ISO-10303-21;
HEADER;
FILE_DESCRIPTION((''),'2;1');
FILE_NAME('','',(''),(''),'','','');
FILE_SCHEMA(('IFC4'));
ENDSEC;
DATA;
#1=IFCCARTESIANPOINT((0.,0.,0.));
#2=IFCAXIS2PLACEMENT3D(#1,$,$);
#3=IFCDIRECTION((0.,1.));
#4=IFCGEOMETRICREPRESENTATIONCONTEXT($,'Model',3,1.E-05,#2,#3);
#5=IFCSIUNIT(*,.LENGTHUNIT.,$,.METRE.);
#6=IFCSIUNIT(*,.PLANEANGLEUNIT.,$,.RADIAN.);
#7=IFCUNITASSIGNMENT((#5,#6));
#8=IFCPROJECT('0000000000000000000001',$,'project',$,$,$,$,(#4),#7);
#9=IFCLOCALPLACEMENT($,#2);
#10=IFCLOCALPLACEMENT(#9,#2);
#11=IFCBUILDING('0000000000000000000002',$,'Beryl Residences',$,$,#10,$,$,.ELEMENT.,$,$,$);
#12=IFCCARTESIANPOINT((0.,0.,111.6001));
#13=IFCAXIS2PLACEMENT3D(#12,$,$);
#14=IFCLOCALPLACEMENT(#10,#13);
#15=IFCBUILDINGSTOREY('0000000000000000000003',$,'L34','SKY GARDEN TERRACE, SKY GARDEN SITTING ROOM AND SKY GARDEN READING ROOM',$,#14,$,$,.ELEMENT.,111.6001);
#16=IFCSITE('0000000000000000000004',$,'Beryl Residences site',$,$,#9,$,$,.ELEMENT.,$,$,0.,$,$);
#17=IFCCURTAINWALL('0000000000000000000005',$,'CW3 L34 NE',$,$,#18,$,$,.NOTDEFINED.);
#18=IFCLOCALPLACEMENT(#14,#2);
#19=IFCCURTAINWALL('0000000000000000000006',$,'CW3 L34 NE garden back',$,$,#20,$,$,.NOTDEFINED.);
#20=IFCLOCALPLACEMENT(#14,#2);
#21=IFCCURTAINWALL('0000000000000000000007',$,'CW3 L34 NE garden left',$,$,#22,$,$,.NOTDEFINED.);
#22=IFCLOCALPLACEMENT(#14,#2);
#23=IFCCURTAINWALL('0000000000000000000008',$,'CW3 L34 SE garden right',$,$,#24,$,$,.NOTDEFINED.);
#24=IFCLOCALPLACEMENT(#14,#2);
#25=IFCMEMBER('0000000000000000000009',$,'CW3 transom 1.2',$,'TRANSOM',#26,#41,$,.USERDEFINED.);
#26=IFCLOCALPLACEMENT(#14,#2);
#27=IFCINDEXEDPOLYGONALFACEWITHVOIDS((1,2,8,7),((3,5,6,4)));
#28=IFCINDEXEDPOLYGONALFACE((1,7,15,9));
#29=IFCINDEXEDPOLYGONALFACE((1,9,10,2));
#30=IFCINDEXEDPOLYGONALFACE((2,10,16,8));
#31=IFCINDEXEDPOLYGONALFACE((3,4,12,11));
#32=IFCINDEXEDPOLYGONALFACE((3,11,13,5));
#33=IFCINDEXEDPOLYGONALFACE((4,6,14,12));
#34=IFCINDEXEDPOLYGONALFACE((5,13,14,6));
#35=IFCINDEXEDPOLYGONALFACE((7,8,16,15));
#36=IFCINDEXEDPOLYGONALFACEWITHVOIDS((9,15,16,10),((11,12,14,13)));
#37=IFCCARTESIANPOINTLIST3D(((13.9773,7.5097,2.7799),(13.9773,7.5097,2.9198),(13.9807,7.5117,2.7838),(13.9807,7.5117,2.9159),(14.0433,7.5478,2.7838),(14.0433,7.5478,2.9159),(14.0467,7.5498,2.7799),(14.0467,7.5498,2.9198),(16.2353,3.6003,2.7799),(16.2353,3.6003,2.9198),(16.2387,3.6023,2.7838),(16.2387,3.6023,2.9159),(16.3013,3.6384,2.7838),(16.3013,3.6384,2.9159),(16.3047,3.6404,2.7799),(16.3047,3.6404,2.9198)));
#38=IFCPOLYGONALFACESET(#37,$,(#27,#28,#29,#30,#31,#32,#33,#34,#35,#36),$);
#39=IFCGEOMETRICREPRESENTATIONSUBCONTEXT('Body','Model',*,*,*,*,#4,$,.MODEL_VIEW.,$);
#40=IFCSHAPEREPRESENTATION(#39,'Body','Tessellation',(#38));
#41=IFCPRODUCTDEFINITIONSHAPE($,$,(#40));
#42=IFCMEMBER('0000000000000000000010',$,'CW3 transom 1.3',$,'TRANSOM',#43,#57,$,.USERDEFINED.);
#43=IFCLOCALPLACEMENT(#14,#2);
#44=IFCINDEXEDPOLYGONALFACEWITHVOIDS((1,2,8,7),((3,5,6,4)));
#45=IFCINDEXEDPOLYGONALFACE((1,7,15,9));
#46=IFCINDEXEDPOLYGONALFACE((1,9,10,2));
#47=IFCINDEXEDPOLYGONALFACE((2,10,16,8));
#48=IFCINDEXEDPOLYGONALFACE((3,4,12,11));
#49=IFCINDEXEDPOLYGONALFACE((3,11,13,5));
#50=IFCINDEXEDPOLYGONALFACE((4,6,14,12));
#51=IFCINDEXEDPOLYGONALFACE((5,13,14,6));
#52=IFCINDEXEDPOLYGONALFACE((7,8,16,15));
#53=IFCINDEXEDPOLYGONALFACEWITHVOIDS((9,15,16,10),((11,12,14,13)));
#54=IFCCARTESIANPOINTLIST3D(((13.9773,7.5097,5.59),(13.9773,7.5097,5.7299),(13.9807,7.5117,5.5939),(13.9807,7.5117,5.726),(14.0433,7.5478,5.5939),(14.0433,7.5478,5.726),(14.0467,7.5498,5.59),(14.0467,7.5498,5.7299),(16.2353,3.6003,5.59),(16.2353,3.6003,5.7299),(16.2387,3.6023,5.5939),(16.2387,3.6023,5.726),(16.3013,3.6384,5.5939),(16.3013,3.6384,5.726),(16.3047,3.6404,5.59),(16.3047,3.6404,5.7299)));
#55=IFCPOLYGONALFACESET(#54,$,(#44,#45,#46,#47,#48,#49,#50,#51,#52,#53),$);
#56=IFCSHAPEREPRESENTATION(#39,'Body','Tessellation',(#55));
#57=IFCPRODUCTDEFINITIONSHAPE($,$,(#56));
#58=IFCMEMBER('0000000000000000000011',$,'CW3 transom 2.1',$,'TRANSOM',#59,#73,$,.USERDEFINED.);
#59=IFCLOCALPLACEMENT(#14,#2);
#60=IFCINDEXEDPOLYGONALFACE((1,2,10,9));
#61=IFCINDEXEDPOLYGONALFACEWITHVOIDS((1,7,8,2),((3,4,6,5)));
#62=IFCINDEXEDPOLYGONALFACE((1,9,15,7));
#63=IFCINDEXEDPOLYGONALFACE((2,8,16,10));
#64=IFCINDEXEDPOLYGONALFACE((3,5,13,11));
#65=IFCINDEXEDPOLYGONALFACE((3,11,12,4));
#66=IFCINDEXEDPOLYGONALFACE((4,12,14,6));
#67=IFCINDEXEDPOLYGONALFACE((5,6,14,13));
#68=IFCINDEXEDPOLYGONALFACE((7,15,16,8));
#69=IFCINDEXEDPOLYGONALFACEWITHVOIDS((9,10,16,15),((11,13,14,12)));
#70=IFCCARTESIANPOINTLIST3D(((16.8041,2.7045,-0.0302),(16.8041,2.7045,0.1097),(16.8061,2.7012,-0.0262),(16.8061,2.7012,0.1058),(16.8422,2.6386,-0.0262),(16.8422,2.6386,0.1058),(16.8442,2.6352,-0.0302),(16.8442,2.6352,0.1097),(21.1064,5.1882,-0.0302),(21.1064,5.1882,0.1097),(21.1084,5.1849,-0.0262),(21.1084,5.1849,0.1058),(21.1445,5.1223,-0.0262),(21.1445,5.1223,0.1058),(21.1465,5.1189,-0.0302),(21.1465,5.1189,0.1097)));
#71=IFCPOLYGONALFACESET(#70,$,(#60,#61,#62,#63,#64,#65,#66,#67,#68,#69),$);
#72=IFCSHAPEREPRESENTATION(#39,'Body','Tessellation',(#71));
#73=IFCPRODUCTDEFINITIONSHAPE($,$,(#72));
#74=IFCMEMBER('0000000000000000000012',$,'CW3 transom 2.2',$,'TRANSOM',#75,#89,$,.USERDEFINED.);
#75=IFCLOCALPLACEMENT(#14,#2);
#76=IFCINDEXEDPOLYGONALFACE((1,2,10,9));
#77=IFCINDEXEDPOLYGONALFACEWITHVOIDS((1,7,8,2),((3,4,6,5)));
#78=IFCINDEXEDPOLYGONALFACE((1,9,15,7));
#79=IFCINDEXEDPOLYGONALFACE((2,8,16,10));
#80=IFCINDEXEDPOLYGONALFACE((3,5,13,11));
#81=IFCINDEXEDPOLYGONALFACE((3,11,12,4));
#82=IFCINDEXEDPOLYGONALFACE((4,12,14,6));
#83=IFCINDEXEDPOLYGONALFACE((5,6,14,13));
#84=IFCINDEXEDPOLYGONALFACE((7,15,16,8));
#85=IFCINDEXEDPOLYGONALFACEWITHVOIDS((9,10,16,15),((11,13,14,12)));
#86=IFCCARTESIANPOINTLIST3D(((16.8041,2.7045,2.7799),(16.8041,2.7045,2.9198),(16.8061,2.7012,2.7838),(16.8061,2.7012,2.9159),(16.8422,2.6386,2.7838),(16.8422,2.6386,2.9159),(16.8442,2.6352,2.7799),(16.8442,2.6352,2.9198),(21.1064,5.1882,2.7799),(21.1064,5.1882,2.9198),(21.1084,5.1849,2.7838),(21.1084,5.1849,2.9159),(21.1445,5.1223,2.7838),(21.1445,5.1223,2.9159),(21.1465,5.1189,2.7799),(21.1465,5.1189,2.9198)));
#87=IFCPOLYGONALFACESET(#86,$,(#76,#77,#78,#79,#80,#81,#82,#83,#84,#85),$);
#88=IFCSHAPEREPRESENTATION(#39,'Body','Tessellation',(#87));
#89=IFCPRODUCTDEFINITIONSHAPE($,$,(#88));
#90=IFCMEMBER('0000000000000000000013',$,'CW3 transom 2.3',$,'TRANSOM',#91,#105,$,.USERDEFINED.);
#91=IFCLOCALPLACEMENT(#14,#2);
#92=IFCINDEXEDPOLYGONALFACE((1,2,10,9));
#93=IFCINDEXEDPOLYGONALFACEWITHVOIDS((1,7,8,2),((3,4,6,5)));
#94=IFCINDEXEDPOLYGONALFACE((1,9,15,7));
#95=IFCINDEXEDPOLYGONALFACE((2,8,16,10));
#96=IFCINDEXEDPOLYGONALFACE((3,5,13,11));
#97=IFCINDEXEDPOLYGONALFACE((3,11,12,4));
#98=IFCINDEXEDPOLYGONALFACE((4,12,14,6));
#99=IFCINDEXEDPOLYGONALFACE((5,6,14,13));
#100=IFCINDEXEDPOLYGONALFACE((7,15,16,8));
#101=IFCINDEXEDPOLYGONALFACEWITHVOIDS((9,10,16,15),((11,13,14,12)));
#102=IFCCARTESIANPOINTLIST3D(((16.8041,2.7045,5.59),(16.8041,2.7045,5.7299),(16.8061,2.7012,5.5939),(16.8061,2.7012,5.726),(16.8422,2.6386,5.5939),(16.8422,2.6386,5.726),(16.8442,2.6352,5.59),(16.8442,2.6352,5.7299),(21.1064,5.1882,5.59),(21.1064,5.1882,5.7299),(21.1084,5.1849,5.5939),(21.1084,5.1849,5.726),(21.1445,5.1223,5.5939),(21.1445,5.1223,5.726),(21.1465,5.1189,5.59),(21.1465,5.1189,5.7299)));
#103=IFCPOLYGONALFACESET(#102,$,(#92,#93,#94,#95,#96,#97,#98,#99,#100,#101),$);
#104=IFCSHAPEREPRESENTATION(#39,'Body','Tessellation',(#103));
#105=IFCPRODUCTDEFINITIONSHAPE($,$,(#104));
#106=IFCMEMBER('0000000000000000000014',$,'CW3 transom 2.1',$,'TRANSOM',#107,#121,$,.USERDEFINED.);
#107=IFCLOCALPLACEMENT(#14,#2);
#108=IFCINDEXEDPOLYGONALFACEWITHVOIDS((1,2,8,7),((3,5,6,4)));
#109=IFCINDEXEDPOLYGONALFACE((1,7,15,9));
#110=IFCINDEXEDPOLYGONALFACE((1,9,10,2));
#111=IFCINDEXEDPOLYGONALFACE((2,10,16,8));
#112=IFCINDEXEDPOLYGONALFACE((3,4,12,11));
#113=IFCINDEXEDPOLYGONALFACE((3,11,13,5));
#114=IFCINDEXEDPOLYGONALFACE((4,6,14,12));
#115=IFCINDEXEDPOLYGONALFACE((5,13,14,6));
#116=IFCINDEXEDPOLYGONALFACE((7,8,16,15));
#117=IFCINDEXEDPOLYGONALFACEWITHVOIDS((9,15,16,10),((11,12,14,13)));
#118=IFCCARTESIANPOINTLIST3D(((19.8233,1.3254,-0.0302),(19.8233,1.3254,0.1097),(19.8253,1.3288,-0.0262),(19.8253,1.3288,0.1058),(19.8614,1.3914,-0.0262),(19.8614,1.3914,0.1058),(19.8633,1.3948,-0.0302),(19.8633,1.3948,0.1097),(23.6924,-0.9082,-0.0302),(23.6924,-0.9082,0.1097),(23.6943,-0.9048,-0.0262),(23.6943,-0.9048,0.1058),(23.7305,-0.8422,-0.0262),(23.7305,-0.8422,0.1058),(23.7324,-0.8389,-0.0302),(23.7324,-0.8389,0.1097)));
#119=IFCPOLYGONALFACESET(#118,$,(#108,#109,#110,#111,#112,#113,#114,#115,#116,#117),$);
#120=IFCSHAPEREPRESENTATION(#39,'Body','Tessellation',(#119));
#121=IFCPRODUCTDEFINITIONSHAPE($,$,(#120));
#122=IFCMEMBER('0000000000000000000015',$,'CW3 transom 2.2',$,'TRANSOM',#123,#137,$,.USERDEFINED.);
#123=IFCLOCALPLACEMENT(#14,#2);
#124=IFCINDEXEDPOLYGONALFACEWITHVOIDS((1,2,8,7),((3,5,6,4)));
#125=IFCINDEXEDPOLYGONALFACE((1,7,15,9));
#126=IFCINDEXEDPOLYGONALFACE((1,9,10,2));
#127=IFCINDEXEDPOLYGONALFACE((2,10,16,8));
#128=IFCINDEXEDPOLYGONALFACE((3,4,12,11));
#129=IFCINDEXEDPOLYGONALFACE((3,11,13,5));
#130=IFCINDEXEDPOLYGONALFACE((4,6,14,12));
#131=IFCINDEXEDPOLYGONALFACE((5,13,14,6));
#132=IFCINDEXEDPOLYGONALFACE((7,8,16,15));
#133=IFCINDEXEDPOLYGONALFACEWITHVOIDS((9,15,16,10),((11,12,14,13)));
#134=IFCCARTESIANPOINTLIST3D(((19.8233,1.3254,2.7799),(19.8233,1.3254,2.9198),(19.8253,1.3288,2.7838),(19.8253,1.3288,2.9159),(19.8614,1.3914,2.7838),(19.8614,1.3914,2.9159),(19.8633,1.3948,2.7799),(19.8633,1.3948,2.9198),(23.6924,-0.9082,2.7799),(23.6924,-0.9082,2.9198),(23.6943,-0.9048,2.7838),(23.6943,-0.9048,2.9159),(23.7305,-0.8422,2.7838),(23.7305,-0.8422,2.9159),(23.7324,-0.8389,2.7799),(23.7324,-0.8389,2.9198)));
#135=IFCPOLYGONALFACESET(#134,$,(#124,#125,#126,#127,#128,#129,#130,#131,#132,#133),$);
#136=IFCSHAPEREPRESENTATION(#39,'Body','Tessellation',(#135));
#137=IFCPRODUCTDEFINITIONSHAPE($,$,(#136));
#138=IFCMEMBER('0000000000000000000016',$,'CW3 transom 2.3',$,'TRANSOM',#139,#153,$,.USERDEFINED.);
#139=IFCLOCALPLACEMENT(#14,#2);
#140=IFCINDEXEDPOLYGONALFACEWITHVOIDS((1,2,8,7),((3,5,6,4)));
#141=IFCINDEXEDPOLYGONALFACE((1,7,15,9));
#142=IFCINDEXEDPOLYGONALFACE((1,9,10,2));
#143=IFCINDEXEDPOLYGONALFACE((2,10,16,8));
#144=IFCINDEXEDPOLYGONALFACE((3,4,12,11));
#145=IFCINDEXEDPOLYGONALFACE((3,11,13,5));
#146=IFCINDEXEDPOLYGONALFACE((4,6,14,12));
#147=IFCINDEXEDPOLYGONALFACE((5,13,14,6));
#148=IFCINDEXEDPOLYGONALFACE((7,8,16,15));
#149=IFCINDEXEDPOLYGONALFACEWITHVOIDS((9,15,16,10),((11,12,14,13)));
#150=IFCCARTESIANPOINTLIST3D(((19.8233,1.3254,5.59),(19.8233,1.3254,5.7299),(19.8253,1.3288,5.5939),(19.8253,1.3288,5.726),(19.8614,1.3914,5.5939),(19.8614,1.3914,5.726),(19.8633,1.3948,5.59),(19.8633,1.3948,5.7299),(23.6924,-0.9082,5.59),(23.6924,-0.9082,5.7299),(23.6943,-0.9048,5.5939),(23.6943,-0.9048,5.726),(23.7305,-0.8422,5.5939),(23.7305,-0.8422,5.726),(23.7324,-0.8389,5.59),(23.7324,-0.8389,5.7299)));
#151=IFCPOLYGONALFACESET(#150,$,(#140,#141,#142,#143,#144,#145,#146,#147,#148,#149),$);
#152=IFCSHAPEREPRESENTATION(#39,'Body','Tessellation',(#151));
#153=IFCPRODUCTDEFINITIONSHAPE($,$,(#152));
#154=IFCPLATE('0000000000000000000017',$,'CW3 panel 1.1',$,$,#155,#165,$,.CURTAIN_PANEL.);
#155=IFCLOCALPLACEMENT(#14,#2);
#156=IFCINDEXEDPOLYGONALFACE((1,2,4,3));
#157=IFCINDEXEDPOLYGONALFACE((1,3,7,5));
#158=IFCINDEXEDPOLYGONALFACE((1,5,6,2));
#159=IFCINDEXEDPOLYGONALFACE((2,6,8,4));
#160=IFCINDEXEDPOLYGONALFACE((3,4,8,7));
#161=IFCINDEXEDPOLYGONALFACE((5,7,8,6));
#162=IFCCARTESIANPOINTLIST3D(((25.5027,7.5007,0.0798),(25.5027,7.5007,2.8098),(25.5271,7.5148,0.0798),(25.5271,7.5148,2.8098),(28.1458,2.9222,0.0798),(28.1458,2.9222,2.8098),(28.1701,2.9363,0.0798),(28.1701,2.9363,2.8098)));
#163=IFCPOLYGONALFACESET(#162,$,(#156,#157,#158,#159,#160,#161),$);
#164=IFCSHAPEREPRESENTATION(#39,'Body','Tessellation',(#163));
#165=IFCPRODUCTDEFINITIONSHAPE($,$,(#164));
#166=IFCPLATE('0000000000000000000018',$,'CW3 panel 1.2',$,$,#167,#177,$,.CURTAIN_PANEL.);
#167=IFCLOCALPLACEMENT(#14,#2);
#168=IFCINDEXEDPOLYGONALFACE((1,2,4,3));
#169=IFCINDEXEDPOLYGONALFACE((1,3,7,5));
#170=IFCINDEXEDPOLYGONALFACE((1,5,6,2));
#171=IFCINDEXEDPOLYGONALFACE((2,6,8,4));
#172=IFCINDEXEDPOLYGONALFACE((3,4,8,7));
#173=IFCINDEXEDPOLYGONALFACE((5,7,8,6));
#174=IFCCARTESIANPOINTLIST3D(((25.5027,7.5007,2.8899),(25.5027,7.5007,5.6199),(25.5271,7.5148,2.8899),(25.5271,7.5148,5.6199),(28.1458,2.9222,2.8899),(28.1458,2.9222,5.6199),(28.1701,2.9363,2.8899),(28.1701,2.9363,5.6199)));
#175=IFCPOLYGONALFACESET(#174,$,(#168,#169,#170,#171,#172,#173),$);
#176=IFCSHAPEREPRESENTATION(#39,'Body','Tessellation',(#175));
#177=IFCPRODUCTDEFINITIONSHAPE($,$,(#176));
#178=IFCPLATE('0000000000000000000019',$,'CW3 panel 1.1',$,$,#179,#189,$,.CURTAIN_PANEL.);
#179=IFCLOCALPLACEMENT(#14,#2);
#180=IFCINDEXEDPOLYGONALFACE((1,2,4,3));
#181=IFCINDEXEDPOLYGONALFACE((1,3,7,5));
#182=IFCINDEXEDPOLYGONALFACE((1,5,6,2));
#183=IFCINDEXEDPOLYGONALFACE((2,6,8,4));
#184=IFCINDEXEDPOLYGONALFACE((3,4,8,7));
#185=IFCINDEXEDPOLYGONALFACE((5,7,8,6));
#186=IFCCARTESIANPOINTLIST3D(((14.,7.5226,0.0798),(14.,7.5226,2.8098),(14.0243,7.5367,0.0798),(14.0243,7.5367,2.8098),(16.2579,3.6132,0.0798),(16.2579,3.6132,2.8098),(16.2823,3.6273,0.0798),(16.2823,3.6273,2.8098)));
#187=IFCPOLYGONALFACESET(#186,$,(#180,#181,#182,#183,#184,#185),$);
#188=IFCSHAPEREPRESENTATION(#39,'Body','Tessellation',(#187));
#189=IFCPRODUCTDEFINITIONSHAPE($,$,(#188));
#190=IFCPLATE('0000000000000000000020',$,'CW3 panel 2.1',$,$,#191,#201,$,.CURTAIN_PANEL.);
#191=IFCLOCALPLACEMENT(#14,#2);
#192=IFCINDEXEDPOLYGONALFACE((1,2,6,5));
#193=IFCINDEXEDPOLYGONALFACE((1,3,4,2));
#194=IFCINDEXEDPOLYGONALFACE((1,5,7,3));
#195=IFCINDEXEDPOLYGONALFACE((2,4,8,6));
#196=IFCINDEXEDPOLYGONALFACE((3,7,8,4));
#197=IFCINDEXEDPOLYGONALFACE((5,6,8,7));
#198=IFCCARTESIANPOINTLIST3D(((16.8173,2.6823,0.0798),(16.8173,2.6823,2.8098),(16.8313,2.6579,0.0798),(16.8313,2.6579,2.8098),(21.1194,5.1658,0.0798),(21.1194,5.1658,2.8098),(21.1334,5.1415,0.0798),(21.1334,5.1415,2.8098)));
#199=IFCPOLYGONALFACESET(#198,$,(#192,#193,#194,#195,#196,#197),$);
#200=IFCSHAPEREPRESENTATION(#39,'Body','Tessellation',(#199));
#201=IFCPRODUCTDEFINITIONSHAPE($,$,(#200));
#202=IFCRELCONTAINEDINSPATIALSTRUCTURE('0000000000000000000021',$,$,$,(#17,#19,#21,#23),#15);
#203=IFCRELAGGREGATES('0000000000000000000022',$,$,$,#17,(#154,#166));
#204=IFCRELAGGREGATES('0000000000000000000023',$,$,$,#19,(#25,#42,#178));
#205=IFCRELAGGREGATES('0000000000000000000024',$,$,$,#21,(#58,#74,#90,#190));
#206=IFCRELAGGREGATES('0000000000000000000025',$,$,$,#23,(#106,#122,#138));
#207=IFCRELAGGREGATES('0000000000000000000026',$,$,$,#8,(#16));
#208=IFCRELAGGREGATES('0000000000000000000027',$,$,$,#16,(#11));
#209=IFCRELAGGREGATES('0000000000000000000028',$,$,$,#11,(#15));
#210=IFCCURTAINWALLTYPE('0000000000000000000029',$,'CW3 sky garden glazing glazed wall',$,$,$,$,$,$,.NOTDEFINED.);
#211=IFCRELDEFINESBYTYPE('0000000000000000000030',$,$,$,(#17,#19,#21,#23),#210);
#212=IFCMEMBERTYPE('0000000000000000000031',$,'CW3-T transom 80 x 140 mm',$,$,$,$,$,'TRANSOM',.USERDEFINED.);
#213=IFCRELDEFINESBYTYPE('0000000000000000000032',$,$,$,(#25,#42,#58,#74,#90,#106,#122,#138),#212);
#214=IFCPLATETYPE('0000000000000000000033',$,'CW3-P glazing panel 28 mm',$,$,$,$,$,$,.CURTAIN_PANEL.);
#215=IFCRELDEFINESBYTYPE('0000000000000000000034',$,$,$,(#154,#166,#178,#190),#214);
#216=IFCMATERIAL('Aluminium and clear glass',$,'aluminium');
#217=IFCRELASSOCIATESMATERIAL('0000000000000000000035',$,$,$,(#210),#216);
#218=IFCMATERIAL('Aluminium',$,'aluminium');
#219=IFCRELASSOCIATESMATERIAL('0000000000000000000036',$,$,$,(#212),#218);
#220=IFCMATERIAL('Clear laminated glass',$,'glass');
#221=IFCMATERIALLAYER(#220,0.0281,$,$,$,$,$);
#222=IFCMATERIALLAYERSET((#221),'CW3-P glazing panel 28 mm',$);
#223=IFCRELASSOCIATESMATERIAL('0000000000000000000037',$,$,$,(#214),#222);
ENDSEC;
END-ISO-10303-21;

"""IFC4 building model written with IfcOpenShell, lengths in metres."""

from ifc_helpers import new_model, si_unit, direction, frame, origin, origin_2d, place, context, subcontext, project, spatial, rectangle, hollow_rectangle, extrude, material, layer, layer_set, material_profile, profile_set, type_object, element, aggregate, save


model = new_model("IFC4")

# Units and contexts
model_context = context("Model", 3, precision=1e-05, world=origin(), true_north=direction((0.0, 1.0)))
body_context = subcontext(model_context, "Body", "Model", "MODEL_VIEW")
ifc_project = project(units=[si_unit("LENGTHUNIT", "METRE"), si_unit("PLANEANGLEUNIT", "RADIAN")], contexts=[model_context])

# Site, building, storey
site_placement = place(None, origin())
site = spatial("IfcSite", under=ifc_project, at=site_placement, Name="Beryl Residences site", CompositionType="ELEMENT", RefElevation=0.0)
building_placement = place(site_placement, origin())
building = spatial("IfcBuilding", under=site, at=building_placement, Name="Beryl Residences", CompositionType="ELEMENT")
storey_placement = place(building_placement, frame((0.0, 0.0, 111.6001)))
storey = spatial("IfcBuildingStorey", under=building, at=storey_placement, Name="L34", Description="SKY GARDEN TERRACE, SKY GARDEN SITTING ROOM AND SKY GARDEN READING ROOM", CompositionType="ELEMENT", Elevation=111.6001)

# Curtain walls
ifc_material_1 = material(Name="Aluminium and clear glass", Category="aluminium")
curtain_wall_type = type_object("IfcCurtainWallType", Name="CW3 sky garden glazing glazed wall", PredefinedType="NOTDEFINED", material=ifc_material_1)
curtain_wall_1_placement = place(storey_placement, origin())
curtain_wall_1 = element("IfcCurtainWall", 1, at=curtain_wall_1_placement, inside=storey, type_object=curtain_wall_type, Name="CW3 L34 NE", PredefinedType="NOTDEFINED")
curtain_wall_2_placement = place(storey_placement, origin())
curtain_wall_2 = element("IfcCurtainWall", 2, at=curtain_wall_2_placement, inside=storey, type_object=curtain_wall_type, Name="CW3 L34 NE garden back", PredefinedType="NOTDEFINED")

# Curtain wall
curtain_wall_3_placement = place(storey_placement, origin())
curtain_wall_3 = element("IfcCurtainWall", 3, at=curtain_wall_3_placement, inside=storey, type_object=curtain_wall_type, Name="CW3 L34 NE garden left", PredefinedType="NOTDEFINED")

# Curtain wall
curtain_wall_4_placement = place(storey_placement, origin())
curtain_wall_4 = element("IfcCurtainWall", 4, at=curtain_wall_4_placement, inside=storey, type_object=curtain_wall_type, Name="CW3 L34 SE garden right", PredefinedType="NOTDEFINED")

# Members
ifc_material_2 = material(Name="Aluminium", Category="aluminium")
ifc_material_profile_1 = material_profile(ifc_material_2, hollow_rectangle(XDim=0.0801, YDim=0.1399, WallThickness=0.0039, at=origin_2d()))
ifc_profile_set_1 = profile_set([ifc_material_profile_1], Name="Aluminium")
member_type_1 = type_object("IfcMemberType", Name="CW3-T transom 80 x 140 mm", ElementType="TRANSOM", PredefinedType="USERDEFINED", material=ifc_profile_set_1)
member_1_placement = place(storey_placement, frame((16.27, 3.6204, 2.8499), z_axis=(-0.500158, 0.865934, 0.0), x_axis=(-0.865934, -0.500158, 0.0)))
member_1 = element("IfcMember", 5, at=member_1_placement, type_object=member_type_1, Name="CW3 transom 1.2", ObjectType="TRANSOM", PredefinedType="USERDEFINED", context=body_context, shape_type="SweptSolid", body=[
    extrude(hollow_rectangle(XDim=0.0801, YDim=0.1399, WallThickness=0.0039, at=origin_2d()), origin(), (0.0, 0.0, 1.0), 4.5146),
])
member_2_placement = place(storey_placement, frame((16.27, 3.6204, 5.6599), z_axis=(-0.500158, 0.865934, 0.0), x_axis=(-0.865934, -0.500158, 0.0)))
member_2 = element("IfcMember", 6, at=member_2_placement, type_object=member_type_1, Name="CW3 transom 1.3", ObjectType="TRANSOM", PredefinedType="USERDEFINED", context=body_context, shape_type="SweptSolid", body=[
    extrude(hollow_rectangle(XDim=0.0801, YDim=0.1399, WallThickness=0.0039, at=origin_2d()), origin(), (0.0, 0.0, 1.0), 4.5146),
])
member_3_placement = place(storey_placement, frame((21.1265, 5.1536, 0.0398), z_axis=(-0.866048, -0.499961, 0.0), x_axis=(0.499961, -0.866048, 0.0)))
member_3 = element("IfcMember", 7, at=member_3_placement, type_object=member_type_1, Name="CW3 transom 2.1", ObjectType="TRANSOM", PredefinedType="USERDEFINED", context=body_context, shape_type="SweptSolid", body=[
    extrude(hollow_rectangle(XDim=0.0801, YDim=0.1399, WallThickness=0.0039, at=origin_2d()), origin(), (0.0, 0.0, 1.0), 4.9678),
])
member_4_placement = place(storey_placement, frame((21.1265, 5.1536, 2.8499), z_axis=(-0.866048, -0.499961, 0.0), x_axis=(0.499961, -0.866048, 0.0)))
member_4 = element("IfcMember", 8, at=member_4_placement, type_object=member_type_1, Name="CW3 transom 2.2", ObjectType="TRANSOM", PredefinedType="USERDEFINED", context=body_context, shape_type="SweptSolid", body=[
    extrude(hollow_rectangle(XDim=0.0801, YDim=0.1399, WallThickness=0.0039, at=origin_2d()), origin(), (0.0, 0.0, 1.0), 4.9678),
])
member_5_placement = place(storey_placement, frame((21.1265, 5.1536, 5.6599), z_axis=(-0.866048, -0.499961, 0.0), x_axis=(0.499961, -0.866048, 0.0)))
member_5 = element("IfcMember", 9, at=member_5_placement, type_object=member_type_1, Name="CW3 transom 2.3", ObjectType="TRANSOM", PredefinedType="USERDEFINED", context=body_context, shape_type="SweptSolid", body=[
    extrude(hollow_rectangle(XDim=0.0801, YDim=0.1399, WallThickness=0.0039, at=origin_2d()), origin(), (0.0, 0.0, 1.0), 4.9678),
])
member_6_placement = place(storey_placement, frame((23.7124, -0.8735, 0.0398), z_axis=(-0.866045, 0.499965, 0.0), x_axis=(-0.499965, -0.866045, 0.0)))
member_6 = element("IfcMember", 10, at=member_6_placement, type_object=member_type_1, Name="CW3 transom 2.1", ObjectType="TRANSOM", PredefinedType="USERDEFINED", context=body_context, shape_type="SweptSolid", body=[
    extrude(hollow_rectangle(XDim=0.0801, YDim=0.1399, WallThickness=0.0039, at=origin_2d()), origin(), (0.0, 0.0, 1.0), 4.4675),
])
member_7_placement = place(storey_placement, frame((23.7124, -0.8735, 2.8499), z_axis=(-0.866045, 0.499965, 0.0), x_axis=(-0.499965, -0.866045, 0.0)))
member_7 = element("IfcMember", 11, at=member_7_placement, type_object=member_type_1, Name="CW3 transom 2.2", ObjectType="TRANSOM", PredefinedType="USERDEFINED", context=body_context, shape_type="SweptSolid", body=[
    extrude(hollow_rectangle(XDim=0.0801, YDim=0.1399, WallThickness=0.0039, at=origin_2d()), origin(), (0.0, 0.0, 1.0), 4.4675),
])
member_8_placement = place(storey_placement, frame((23.7124, -0.8735, 5.6599), z_axis=(-0.866045, 0.499965, 0.0), x_axis=(-0.499965, -0.866045, 0.0)))
member_8 = element("IfcMember", 12, at=member_8_placement, type_object=member_type_1, Name="CW3 transom 2.3", ObjectType="TRANSOM", PredefinedType="USERDEFINED", context=body_context, shape_type="SweptSolid", body=[
    extrude(hollow_rectangle(XDim=0.0801, YDim=0.1399, WallThickness=0.0039, at=origin_2d()), origin(), (0.0, 0.0, 1.0), 4.4675),
])

# Plates
ifc_material_3 = material(Name="Clear laminated glass", Category="glass")
ifc_layer_1 = layer(ifc_material_3, 0.0281)
ifc_layer_set_1 = layer_set([ifc_layer_1], Name="CW3-P glazing panel 28 mm")
plate_type = type_object("IfcPlateType", Name="CW3-P glazing panel 28 mm", PredefinedType="CURTAIN_PANEL", material=ifc_layer_set_1)
plate_1_placement = place(storey_placement, frame((26.8364, 5.2185, 0.0798), z_axis=(0.0, 0.0, 1.0), x_axis=(-0.49995, 0.866054, 0.0)))
plate_1 = element("IfcPlate", 13, at=plate_1_placement, type_object=plate_type, Name="CW3 panel 1.1", PredefinedType="CURTAIN_PANEL", context=body_context, shape_type="SweptSolid", body=[
    extrude(rectangle(XDim=5.2866, YDim=0.0281, at=origin_2d()), origin(), (0.0, 0.0, 1.0), 2.73),
])
plate_2_placement = place(storey_placement, frame((26.8364, 5.2185, 2.8899), z_axis=(0.0, 0.0, 1.0), x_axis=(-0.49995, 0.866054, 0.0)))
plate_2 = element("IfcPlate", 14, at=plate_2_placement, type_object=plate_type, Name="CW3 panel 1.2", PredefinedType="CURTAIN_PANEL", context=body_context, shape_type="SweptSolid", body=[
    extrude(rectangle(XDim=5.2866, YDim=0.0281, at=origin_2d()), origin(), (0.0, 0.0, 1.0), 2.73),
])
aggregate(curtain_wall_1, [plate_1, plate_2])
plate_3_placement = place(storey_placement, frame((15.1411, 5.575, 0.0798), z_axis=(0.0, 0.0, 1.0), x_axis=(-0.500142, 0.865943, 0.0)))
plate_3 = element("IfcPlate", 15, at=plate_3_placement, type_object=plate_type, Name="CW3 panel 1.1", PredefinedType="CURTAIN_PANEL", context=body_context, shape_type="SweptSolid", body=[
    extrude(rectangle(XDim=4.5146, YDim=0.0281, at=origin_2d()), origin(), (0.0, 0.0, 1.0), 2.73),
])
aggregate(curtain_wall_2, [member_1, member_2, plate_3])
plate_4_placement = place(storey_placement, frame((18.9753, 3.9119, 0.0798), z_axis=(0.0, 0.0, 1.0), x_axis=(-0.866051, -0.499955, 0.0)))
plate_4 = element("IfcPlate", 16, at=plate_4_placement, type_object=plate_type, Name="CW3 panel 2.1", PredefinedType="CURTAIN_PANEL", context=body_context, shape_type="SweptSolid", body=[
    extrude(rectangle(XDim=4.9675, YDim=0.0281, at=origin_2d()), origin(), (0.0, 0.0, 1.0), 2.73),
])
aggregate(curtain_wall_3, [member_3, member_4, member_5, plate_4])
aggregate(curtain_wall_4, [member_6, member_7, member_8])

save(model, "model.ifc")
